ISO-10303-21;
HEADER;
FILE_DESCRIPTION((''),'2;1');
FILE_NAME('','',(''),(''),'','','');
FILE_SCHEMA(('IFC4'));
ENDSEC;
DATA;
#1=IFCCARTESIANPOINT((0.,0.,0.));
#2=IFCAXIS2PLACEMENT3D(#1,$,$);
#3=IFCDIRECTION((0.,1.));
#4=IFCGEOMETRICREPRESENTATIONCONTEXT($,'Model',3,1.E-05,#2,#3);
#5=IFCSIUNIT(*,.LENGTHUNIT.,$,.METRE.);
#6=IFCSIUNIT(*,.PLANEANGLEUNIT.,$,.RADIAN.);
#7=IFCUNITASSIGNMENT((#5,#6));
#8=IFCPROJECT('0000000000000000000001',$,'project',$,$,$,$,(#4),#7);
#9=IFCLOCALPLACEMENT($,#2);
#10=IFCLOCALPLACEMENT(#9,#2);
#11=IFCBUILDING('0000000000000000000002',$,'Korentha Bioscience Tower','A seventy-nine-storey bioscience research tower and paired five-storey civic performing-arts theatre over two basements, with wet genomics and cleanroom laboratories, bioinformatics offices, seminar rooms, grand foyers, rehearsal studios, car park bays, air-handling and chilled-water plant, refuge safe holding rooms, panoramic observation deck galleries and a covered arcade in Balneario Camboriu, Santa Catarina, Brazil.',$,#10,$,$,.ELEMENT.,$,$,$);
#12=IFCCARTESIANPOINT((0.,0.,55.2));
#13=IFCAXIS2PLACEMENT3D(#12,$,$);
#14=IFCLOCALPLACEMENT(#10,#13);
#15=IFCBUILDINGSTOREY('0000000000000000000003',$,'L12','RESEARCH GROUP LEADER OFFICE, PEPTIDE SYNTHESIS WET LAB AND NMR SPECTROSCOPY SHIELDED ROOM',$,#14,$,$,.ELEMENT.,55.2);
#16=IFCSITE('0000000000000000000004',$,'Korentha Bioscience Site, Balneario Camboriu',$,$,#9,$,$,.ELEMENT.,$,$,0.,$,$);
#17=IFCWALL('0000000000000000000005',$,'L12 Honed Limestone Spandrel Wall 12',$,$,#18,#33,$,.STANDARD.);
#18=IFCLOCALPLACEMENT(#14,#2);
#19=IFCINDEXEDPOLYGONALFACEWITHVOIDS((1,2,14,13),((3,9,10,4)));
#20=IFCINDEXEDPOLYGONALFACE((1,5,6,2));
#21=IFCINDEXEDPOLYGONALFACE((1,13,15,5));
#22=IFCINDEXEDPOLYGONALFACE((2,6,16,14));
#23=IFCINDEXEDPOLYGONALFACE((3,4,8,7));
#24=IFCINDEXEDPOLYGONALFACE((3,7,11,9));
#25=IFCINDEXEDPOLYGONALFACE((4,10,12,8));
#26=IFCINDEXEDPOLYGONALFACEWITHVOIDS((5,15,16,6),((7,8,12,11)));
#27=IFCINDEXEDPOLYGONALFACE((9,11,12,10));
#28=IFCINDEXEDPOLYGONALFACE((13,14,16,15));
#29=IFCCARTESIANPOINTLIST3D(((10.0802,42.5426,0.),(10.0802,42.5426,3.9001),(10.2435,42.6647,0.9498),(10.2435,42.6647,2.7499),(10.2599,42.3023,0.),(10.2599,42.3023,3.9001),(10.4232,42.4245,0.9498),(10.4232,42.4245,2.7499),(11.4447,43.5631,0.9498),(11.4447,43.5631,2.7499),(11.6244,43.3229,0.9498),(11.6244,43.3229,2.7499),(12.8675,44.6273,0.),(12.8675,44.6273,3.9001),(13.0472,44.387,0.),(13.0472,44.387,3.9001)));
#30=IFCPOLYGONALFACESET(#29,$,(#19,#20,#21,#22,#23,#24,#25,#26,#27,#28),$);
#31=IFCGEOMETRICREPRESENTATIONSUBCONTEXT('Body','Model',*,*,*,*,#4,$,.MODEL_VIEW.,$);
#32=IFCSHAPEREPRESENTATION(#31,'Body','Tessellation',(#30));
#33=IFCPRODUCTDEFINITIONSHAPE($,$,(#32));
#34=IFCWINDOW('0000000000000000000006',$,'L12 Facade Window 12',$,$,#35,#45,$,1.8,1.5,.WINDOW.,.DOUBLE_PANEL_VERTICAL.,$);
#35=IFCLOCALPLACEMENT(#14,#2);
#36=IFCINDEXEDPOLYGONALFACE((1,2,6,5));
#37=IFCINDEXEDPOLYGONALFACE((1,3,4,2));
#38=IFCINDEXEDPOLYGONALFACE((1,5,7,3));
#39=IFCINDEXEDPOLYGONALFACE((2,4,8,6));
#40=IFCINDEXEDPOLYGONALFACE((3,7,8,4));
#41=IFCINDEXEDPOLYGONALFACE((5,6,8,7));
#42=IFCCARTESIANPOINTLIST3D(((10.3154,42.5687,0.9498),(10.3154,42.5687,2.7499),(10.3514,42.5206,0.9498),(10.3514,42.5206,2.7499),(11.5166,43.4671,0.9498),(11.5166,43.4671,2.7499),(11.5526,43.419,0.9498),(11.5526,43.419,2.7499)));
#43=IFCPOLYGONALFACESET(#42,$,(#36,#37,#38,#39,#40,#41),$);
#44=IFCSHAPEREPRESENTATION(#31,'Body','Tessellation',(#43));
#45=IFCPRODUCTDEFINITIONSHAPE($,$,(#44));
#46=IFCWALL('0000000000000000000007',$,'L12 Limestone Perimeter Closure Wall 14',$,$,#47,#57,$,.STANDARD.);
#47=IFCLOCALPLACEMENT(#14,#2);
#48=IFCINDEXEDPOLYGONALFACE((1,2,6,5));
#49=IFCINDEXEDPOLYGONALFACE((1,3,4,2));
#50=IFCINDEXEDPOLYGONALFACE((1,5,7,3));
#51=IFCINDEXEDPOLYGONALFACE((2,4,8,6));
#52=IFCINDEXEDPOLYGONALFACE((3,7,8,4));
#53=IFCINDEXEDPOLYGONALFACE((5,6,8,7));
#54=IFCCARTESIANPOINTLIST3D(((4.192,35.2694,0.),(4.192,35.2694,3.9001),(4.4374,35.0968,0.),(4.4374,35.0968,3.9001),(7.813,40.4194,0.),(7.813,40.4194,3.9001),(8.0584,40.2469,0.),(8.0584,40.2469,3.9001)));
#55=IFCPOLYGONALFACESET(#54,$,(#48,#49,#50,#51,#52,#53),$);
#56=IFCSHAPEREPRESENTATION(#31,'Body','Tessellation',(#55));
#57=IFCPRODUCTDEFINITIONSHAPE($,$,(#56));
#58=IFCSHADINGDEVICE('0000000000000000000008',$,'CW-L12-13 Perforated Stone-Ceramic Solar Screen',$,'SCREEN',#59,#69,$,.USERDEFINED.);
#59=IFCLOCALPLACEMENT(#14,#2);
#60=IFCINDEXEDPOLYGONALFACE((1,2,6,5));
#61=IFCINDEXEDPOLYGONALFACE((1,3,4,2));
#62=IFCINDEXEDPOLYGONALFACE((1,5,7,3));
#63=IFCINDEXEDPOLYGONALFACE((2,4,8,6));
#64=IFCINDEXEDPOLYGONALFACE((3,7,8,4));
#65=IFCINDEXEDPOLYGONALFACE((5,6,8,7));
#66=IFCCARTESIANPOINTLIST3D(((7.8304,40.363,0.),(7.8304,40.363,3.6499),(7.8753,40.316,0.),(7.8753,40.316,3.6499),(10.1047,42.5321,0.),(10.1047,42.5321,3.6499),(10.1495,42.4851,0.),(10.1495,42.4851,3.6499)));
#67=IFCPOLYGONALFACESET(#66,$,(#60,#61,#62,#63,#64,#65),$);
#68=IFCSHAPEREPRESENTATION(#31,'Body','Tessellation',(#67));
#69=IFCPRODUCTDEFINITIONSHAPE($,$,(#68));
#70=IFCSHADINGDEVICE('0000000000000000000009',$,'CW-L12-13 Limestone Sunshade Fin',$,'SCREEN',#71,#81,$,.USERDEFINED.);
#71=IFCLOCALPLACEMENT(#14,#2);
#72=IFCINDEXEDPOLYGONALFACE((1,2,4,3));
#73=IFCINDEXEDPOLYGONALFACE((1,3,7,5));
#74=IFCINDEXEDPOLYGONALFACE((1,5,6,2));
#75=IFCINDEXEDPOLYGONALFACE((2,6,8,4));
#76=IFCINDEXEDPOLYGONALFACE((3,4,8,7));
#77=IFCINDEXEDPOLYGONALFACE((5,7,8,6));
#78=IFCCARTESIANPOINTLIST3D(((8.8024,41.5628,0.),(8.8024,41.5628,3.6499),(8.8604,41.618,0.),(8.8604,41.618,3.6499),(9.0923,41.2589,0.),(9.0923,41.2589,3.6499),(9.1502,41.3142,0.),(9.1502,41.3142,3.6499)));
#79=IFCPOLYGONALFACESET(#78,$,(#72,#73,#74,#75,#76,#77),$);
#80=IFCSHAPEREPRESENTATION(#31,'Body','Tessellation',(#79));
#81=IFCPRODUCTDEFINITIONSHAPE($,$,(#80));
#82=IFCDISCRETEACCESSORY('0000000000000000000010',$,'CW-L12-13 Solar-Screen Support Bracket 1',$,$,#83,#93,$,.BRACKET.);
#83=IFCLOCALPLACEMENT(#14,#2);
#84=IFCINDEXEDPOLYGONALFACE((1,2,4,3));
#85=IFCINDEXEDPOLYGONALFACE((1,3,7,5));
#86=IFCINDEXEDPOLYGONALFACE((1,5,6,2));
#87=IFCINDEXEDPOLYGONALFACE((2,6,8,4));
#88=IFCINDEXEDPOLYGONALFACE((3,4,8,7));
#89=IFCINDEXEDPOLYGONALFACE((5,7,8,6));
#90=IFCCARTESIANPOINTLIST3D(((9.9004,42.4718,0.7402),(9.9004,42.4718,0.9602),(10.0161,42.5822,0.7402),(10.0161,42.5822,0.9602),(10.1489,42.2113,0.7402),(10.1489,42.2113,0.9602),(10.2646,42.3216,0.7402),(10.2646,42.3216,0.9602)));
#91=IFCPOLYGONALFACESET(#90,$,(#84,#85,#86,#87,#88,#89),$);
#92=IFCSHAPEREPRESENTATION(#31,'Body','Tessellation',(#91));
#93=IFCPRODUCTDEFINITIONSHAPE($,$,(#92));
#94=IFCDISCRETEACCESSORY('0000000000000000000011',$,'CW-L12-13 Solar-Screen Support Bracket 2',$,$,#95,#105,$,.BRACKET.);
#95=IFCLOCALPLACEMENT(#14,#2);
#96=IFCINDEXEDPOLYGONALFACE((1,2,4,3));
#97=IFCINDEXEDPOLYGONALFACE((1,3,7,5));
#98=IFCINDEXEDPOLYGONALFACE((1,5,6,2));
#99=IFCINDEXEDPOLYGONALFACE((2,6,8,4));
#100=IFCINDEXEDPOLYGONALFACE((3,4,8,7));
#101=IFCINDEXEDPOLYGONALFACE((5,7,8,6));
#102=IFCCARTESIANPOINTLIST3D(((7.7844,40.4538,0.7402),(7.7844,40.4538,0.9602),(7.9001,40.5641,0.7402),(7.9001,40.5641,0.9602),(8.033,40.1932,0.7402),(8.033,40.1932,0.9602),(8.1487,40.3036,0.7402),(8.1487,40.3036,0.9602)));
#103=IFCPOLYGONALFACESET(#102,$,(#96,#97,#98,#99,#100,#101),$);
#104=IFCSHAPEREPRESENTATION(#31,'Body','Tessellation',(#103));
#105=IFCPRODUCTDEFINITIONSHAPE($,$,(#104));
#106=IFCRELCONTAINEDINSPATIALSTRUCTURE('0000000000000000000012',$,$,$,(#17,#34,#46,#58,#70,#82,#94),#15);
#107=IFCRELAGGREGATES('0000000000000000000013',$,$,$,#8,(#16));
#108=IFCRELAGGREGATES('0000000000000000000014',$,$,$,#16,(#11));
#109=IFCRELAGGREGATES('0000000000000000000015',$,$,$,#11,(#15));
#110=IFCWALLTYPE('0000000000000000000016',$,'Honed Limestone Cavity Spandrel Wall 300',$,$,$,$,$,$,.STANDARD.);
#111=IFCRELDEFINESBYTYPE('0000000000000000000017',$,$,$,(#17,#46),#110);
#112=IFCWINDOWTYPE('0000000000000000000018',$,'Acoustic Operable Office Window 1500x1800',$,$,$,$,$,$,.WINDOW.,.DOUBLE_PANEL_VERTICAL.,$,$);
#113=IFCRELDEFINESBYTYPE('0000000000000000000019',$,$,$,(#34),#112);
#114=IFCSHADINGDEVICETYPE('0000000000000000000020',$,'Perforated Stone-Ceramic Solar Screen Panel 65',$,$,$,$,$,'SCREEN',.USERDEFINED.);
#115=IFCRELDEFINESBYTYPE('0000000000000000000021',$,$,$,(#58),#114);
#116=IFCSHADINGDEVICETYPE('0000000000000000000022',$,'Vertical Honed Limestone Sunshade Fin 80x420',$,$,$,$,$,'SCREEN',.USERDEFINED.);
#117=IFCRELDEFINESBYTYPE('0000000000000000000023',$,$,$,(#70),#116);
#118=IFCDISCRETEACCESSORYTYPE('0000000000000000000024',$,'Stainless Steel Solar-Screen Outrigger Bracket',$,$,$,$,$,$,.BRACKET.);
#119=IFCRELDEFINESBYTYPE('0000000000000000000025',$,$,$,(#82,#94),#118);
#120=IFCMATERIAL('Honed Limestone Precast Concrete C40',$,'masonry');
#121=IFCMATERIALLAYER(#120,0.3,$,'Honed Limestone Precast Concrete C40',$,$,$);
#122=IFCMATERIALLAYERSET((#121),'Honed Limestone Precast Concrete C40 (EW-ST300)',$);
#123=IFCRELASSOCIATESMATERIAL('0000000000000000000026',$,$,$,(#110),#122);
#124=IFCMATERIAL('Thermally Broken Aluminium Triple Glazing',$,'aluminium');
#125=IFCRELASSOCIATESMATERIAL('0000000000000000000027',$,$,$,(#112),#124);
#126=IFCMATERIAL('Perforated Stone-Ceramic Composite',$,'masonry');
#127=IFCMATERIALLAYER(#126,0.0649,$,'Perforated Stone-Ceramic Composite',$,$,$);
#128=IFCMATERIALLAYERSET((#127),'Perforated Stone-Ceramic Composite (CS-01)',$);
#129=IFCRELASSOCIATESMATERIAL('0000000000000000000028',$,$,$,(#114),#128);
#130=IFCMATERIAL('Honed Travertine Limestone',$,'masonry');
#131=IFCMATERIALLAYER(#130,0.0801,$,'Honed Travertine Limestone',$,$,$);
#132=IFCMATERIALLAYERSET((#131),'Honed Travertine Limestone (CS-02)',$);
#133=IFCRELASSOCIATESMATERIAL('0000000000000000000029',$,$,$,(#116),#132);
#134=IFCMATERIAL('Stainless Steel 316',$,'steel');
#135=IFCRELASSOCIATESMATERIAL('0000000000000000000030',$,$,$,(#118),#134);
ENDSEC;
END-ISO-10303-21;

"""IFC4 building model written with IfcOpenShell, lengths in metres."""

from ifc_helpers import new_model, si_unit, direction, frame, frame_2d, origin, origin_2d, place, context, subcontext, project, spatial, rectangle, extrude, material, layer, layer_set, type_object, element, fill, save


model = new_model("IFC4")

# Units and contexts
model_context = context("Model", 3, precision=1e-05, world=origin(), true_north=direction((0.0, 1.0)))
body_context = subcontext(model_context, "Body", "Model", "MODEL_VIEW")
ifc_project = project(units=[si_unit("LENGTHUNIT", "METRE"), si_unit("PLANEANGLEUNIT", "RADIAN")], contexts=[model_context])

# Site, building, storey
site_placement = place(None, origin())
site = spatial("IfcSite", under=ifc_project, at=site_placement, Name="Korentha Bioscience Site, Balneario Camboriu", CompositionType="ELEMENT", RefElevation=0.0)
building_placement = place(site_placement, origin())
building = spatial("IfcBuilding", under=site, at=building_placement, Name="Korentha Bioscience Tower", Description="A seventy-nine-storey bioscience research tower and paired five-storey civic performing-arts theatre over two basements, with wet genomics and cleanroom laboratories, bioinformatics offices, seminar rooms, grand foyers, rehearsal studios, car park bays, air-handling and chilled-water plant, refuge safe holding rooms, panoramic observation deck galleries and a covered arcade in Balneario Camboriu, Santa Catarina, Brazil.", CompositionType="ELEMENT")
storey_placement = place(building_placement, frame((0.0, 0.0, 55.2)))
storey = spatial("IfcBuildingStorey", under=building, at=storey_placement, Name="L12", Description="RESEARCH GROUP LEADER OFFICE, PEPTIDE SYNTHESIS WET LAB AND NMR SPECTROSCOPY SHIELDED ROOM", CompositionType="ELEMENT", Elevation=55.2)

# Shared definitions
ifc_material_1 = material(Name="Honed Limestone Precast Concrete C40", Category="masonry")
ifc_layer_1 = layer(ifc_material_1, 0.3, Name="Honed Limestone Precast Concrete C40")
ifc_layer_set_1 = layer_set([ifc_layer_1], Name="Honed Limestone Precast Concrete C40 (EW-ST300)")
wall_type_1 = type_object("IfcWallType", Name="Honed Limestone Cavity Spandrel Wall 300", PredefinedType="STANDARD", material=ifc_layer_set_1)

# Wall, opening, window
wall_1_placement = place(storey_placement, frame((12.9573, 44.5071, 0.0), z_axis=(0.0, 0.0, 1.0), x_axis=(-0.800799, -0.598933, 0.0)))
wall_1 = element("IfcWall", 1, at=wall_1_placement, inside=storey, type_object=wall_type_1, Name="L12 Honed Limestone Spandrel Wall 12", PredefinedType="STANDARD", context=body_context, shape_type="SweptSolid", body=[
    extrude(rectangle(XDim=3.4807, YDim=0.3, at=frame_2d((1.7402, 0.0))), origin(), (0.0, 0.0, 1.0), 3.9001),
])
opening_1_placement = place(wall_1_placement, frame((1.7766, 0.0, 0.95)))
opening_1 = element("IfcOpeningElement", 2, at=opening_1_placement, cuts=wall_1, PredefinedType="OPENING", context=body_context, shape_type="SweptSolid", body=[
    extrude(rectangle(XDim=1.5, YDim=1.8, at=frame_2d((0.75, 0.8999))), frame((0.0, 0.165, 0.0), z_axis=(0.0, -1.0, 0.0), x_axis=(1.0, 0.0, 0.0)), (0.0, 0.0, 1.0), 0.3298),
])
ifc_material_2 = material(Name="Thermally Broken Aluminium Triple Glazing", Category="aluminium")
window_type = type_object("IfcWindowType", Name="Acoustic Operable Office Window 1500x1800", PartitioningType="DOUBLE_PANEL_VERTICAL", PredefinedType="WINDOW", material=ifc_material_2)
window_placement = place(opening_1_placement, origin())
window = element("IfcWindow", 3, at=window_placement, inside=storey, type_object=window_type, Name="L12 Facade Window 12", OverallHeight=1.8, OverallWidth=1.5, PartitioningType="DOUBLE_PANEL_VERTICAL", PredefinedType="WINDOW", context=body_context, shape_type="SweptSolid", body=[
    extrude(rectangle(XDim=1.5, YDim=1.8, at=frame_2d((0.75, 0.8999))), frame((0.0, 0.03, 0.0), z_axis=(0.0, -1.0, 0.0), x_axis=(1.0, 0.0, 0.0)), (0.0, 0.0, 1.0), 0.0601),
])
fill(opening_1, window)

# Wall
wall_2_placement = place(storey_placement, frame((7.9358, 40.3333, 0.0), z_axis=(0.0, 0.0, 1.0), x_axis=(-0.575166, -0.818037, 0.0)))
element("IfcWall", 4, at=wall_2_placement, inside=storey, type_object=wall_type_1, Name="L12 Limestone Perimeter Closure Wall 14", PredefinedType="STANDARD", context=body_context, shape_type="SweptSolid", body=[
    extrude(rectangle(XDim=6.2957, YDim=0.3, at=frame_2d((3.1479, 0.0))), origin(), (0.0, 0.0, 1.0), 3.9001),
])

# Shading devices
ifc_material_3 = material(Name="Perforated Stone-Ceramic Composite", Category="masonry")
ifc_layer_2 = layer(ifc_material_3, 0.0649, Name="Perforated Stone-Ceramic Composite")
ifc_layer_set_2 = layer_set([ifc_layer_2], Name="Perforated Stone-Ceramic Composite (CS-01)")
shading_device_type_1 = type_object("IfcShadingDeviceType", Name="Perforated Stone-Ceramic Solar Screen Panel 65", ElementType="SCREEN", PredefinedType="USERDEFINED", material=ifc_layer_set_2)
shading_device_1_placement = place(storey_placement, frame((8.99, 41.4241, 0.0), z_axis=(0.0, 0.0, 1.0), x_axis=(-0.723642, -0.690176, 0.0)))
element("IfcShadingDevice", 5, at=shading_device_1_placement, inside=storey, type_object=shading_device_type_1, Name="CW-L12-13 Perforated Stone-Ceramic Solar Screen", ObjectType="SCREEN", PredefinedType="USERDEFINED", context=body_context, shape_type="SweptSolid", body=[
    extrude(rectangle(XDim=3.1428, YDim=0.0649, at=origin_2d()), origin(), (0.0, 0.0, 1.0), 3.6499),
])
ifc_material_4 = material(Name="Honed Travertine Limestone", Category="masonry")
ifc_layer_3 = layer(ifc_material_4, 0.0801, Name="Honed Travertine Limestone")
ifc_layer_set_3 = layer_set([ifc_layer_3], Name="Honed Travertine Limestone (CS-02)")
shading_device_type_2 = type_object("IfcShadingDeviceType", Name="Vertical Honed Limestone Sunshade Fin 80x420", ElementType="SCREEN", PredefinedType="USERDEFINED", material=ifc_layer_set_3)
shading_device_2_placement = place(storey_placement, frame((8.9763, 41.4385, 0.0), z_axis=(0.0, 0.0, 1.0), x_axis=(-0.723642, -0.690176, 0.0)))
element("IfcShadingDevice", 6, at=shading_device_2_placement, inside=storey, type_object=shading_device_type_2, Name="CW-L12-13 Limestone Sunshade Fin", ObjectType="SCREEN", PredefinedType="USERDEFINED", context=body_context, shape_type="SweptSolid", body=[
    extrude(rectangle(XDim=0.0801, YDim=0.4199, at=origin_2d()), origin(), (0.0, 0.0, 1.0), 3.6499),
])

# Discrete accessories
ifc_material_5 = material(Name="Stainless Steel 316", Category="steel")
discrete_accessory_type = type_object("IfcDiscreteAccessoryType", Name="Stainless Steel Solar-Screen Outrigger Bracket", PredefinedType="BRACKET", material=ifc_material_5)
for number, where, z_axis, x_axis, name in (
    (7, (10.0825, 42.3967, 0.7402), (0.0, 0.0, 1.0), (-0.723642, -0.690176, 0.0), "CW-L12-13 Solar-Screen Support Bracket 1"),
    (8, (7.9666, 40.3787, 0.7402), (0.0, 0.0, 1.0), (-0.723642, -0.690176, 0.0), "CW-L12-13 Solar-Screen Support Bracket 2"),
):
    element("IfcDiscreteAccessory", number, at=place(storey_placement, frame(where, z_axis=z_axis, x_axis=x_axis)), inside=storey, type_object=discrete_accessory_type, Name=name, PredefinedType="BRACKET", context=body_context, shape_type="SweptSolid", body=[
        extrude(rectangle(XDim=0.1599, YDim=0.3601, at=origin_2d()), origin(), (0.0, 0.0, 1.0), 0.22),
    ])

save(model, "model.ifc")
